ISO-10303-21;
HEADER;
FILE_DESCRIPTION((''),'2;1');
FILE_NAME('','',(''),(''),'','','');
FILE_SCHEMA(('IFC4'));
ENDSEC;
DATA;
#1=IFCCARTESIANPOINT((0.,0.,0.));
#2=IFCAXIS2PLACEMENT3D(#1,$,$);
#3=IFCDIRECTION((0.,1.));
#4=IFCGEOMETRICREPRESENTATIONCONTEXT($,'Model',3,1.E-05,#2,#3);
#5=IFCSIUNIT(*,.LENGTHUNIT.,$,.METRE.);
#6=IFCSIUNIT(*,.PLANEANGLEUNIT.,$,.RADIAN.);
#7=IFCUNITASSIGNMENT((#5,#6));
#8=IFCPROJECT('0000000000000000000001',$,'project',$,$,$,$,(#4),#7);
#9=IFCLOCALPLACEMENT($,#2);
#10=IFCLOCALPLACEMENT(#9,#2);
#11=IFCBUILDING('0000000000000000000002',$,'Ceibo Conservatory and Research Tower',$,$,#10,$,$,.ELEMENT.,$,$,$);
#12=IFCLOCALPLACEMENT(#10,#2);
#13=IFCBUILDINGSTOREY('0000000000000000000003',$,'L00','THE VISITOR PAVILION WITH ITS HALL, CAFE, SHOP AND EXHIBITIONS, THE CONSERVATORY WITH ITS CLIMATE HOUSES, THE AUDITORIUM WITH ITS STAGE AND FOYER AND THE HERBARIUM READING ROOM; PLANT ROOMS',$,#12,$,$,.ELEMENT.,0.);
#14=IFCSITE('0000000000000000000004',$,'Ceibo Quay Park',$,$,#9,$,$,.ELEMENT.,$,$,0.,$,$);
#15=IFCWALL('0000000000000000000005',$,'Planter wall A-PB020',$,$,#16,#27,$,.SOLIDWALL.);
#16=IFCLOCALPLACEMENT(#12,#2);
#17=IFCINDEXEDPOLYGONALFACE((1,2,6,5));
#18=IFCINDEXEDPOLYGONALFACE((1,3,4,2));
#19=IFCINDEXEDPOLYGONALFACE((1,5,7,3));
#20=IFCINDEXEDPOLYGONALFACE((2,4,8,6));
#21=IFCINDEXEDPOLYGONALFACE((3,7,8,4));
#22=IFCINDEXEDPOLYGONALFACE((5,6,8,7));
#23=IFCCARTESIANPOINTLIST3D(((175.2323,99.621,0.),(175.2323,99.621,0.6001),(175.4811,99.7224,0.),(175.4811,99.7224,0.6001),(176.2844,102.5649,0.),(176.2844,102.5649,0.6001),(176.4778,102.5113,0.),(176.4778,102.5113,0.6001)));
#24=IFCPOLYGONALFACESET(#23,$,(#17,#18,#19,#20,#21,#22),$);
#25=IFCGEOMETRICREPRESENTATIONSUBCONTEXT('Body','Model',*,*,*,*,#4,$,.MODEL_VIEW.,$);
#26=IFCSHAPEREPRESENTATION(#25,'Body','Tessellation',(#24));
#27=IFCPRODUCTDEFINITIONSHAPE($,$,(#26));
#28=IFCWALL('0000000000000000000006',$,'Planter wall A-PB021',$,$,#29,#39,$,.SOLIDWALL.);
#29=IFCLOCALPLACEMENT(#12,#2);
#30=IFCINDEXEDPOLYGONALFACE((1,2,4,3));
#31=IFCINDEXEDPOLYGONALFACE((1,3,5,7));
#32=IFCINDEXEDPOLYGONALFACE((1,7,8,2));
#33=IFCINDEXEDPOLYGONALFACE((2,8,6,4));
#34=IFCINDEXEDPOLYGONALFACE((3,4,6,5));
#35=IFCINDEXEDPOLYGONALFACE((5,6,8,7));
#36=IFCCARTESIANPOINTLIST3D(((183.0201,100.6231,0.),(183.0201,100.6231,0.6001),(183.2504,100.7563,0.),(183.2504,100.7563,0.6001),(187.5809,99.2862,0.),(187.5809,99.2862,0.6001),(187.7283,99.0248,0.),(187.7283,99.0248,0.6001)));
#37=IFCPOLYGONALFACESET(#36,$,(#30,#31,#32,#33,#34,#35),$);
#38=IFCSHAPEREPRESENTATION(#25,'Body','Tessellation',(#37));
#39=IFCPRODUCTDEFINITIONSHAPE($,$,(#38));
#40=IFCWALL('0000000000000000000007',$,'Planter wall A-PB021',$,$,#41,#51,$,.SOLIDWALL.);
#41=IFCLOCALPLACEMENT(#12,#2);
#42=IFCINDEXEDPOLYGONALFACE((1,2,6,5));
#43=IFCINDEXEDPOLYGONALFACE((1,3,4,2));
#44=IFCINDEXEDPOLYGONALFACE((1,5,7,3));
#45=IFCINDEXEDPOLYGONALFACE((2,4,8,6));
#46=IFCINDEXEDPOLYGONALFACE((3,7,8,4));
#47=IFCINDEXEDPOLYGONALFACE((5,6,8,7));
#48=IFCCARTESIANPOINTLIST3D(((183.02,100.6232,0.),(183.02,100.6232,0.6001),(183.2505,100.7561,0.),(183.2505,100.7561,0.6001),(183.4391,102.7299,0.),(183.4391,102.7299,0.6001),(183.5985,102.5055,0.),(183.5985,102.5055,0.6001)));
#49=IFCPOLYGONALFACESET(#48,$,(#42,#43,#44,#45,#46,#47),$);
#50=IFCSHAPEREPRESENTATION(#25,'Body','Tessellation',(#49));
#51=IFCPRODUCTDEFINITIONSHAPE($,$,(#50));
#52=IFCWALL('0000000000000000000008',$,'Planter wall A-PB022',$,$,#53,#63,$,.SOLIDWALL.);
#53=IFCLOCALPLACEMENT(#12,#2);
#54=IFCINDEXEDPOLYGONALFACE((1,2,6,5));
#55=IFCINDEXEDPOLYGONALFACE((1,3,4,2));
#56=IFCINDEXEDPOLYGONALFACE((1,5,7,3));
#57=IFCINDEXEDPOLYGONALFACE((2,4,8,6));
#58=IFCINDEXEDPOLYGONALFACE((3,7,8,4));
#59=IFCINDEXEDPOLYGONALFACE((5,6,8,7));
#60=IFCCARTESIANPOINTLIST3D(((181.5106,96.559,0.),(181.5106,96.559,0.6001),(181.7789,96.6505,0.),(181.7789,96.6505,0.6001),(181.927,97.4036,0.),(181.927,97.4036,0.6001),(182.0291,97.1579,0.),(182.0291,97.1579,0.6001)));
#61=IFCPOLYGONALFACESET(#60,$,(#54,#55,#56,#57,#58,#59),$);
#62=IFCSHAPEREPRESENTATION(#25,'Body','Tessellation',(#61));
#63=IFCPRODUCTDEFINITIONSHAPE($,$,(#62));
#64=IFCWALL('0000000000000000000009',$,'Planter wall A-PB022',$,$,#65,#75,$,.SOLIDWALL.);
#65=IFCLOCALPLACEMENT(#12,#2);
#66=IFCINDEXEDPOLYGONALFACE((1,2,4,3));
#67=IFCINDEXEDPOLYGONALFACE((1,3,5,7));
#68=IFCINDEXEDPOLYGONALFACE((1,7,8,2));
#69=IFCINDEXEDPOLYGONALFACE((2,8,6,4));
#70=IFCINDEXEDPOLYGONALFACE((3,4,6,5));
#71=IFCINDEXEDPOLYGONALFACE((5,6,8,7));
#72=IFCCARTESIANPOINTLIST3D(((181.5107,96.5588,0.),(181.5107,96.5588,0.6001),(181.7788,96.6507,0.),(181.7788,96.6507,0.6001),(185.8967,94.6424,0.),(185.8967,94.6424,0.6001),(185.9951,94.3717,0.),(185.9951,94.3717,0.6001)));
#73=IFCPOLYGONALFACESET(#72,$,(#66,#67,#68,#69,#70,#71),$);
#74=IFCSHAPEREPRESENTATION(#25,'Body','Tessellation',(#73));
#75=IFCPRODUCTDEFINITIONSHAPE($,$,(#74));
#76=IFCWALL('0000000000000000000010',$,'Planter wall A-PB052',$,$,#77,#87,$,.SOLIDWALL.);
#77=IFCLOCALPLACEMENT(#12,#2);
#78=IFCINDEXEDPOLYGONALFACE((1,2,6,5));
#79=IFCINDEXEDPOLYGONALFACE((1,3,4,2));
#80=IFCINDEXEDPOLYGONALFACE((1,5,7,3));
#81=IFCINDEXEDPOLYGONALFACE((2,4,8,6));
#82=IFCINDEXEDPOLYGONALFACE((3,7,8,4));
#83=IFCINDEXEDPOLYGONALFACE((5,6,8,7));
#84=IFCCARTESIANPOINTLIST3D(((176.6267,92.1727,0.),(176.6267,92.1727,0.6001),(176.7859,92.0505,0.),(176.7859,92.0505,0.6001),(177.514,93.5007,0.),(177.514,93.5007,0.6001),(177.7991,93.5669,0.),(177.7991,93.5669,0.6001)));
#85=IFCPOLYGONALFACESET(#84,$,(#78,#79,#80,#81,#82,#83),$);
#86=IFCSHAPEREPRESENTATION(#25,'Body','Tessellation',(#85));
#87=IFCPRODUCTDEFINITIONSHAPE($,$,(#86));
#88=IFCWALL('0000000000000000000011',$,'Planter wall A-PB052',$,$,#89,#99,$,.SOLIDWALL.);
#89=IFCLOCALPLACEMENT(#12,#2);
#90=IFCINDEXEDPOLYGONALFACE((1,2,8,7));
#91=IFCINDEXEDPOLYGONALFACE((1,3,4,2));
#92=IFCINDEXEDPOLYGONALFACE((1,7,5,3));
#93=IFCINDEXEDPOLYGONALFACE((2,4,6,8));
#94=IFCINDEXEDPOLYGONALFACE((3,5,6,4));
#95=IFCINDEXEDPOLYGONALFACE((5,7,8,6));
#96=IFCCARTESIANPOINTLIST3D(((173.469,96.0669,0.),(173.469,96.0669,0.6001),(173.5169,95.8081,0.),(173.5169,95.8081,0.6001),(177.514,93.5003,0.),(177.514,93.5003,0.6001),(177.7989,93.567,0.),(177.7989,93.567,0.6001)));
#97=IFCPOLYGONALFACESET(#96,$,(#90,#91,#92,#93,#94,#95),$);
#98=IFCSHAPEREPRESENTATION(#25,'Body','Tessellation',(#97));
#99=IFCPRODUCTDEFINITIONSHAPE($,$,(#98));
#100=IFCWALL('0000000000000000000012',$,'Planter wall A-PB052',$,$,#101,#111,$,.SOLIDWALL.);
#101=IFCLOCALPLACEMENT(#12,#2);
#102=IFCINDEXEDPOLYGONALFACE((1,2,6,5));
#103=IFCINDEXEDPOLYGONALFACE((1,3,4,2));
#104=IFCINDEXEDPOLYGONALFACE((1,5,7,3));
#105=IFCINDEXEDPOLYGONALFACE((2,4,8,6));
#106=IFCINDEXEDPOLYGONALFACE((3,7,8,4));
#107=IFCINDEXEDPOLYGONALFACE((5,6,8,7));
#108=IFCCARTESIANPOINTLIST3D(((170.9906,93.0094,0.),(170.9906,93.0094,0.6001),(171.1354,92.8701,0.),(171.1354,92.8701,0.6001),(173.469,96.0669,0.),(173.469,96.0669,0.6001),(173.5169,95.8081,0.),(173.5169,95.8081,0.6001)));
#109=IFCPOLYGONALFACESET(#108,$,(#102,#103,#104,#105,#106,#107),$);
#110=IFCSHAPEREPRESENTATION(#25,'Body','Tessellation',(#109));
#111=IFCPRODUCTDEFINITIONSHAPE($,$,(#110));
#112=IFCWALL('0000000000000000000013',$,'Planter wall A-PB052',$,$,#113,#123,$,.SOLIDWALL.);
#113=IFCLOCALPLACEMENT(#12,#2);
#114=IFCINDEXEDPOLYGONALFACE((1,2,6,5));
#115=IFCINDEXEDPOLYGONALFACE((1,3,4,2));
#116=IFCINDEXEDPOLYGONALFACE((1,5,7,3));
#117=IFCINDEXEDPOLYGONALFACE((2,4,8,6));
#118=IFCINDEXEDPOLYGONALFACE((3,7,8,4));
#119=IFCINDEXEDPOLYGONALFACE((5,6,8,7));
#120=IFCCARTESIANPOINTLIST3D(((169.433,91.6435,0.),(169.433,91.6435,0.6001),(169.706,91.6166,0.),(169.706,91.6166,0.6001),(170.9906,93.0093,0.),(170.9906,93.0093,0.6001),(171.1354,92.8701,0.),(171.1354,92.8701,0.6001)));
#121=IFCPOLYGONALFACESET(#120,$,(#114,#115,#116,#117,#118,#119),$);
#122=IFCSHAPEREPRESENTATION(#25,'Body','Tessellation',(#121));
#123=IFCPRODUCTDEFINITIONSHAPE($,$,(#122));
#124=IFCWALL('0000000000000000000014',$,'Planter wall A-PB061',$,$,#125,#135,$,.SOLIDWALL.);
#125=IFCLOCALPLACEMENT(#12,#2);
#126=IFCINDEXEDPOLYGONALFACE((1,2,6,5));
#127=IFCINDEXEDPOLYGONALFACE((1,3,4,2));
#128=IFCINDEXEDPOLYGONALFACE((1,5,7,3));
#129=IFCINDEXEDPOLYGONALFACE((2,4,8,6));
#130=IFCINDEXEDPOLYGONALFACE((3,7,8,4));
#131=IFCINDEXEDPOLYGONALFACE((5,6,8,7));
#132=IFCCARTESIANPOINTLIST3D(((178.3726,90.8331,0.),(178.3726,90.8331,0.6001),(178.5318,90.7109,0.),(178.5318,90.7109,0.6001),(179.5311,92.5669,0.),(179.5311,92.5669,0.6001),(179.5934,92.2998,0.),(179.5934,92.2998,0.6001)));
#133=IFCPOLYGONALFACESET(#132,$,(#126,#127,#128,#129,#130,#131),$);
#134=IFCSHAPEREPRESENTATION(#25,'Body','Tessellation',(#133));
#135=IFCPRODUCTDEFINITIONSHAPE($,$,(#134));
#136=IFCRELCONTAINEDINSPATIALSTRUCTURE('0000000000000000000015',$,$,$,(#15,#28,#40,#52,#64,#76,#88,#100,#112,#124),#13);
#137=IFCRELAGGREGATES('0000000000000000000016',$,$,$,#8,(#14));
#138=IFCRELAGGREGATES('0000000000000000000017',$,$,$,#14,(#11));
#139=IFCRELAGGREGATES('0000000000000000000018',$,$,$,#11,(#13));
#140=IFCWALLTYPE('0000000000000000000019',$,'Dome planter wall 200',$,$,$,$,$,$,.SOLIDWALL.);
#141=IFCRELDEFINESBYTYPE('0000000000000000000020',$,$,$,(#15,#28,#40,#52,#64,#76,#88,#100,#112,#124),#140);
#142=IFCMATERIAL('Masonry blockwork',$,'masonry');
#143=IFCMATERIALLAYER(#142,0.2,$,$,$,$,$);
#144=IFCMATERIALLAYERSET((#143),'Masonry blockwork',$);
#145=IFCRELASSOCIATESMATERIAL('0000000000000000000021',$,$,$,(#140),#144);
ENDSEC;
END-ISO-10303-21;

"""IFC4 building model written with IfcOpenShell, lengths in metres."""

from ifc_helpers import new_model, si_unit, direction, frame, origin, place, context, subcontext, project, spatial, polyline, outline, extrude, material, layer, layer_set, type_object, element, save


model = new_model("IFC4")

# Units and contexts
model_context = context("Model", 3, precision=1e-05, world=origin(), true_north=direction((0.0, 1.0)))
body_context = subcontext(model_context, "Body", "Model", "MODEL_VIEW")
ifc_project = project(units=[si_unit("LENGTHUNIT", "METRE"), si_unit("PLANEANGLEUNIT", "RADIAN")], contexts=[model_context])

# Site, building, storey
site_placement = place(None, origin())
site = spatial("IfcSite", under=ifc_project, at=site_placement, Name="Ceibo Quay Park", CompositionType="ELEMENT", RefElevation=0.0)
building_placement = place(site_placement, origin())
building = spatial("IfcBuilding", under=site, at=building_placement, Name="Ceibo Conservatory and Research Tower", CompositionType="ELEMENT")
storey_placement = place(building_placement, origin())
storey = spatial("IfcBuildingStorey", under=building, at=storey_placement, Name="L00", Description="THE VISITOR PAVILION WITH ITS HALL, CAFE, SHOP AND EXHIBITIONS, THE CONSERVATORY WITH ITS CLIMATE HOUSES, THE AUDITORIUM WITH ITS STAGE AND FOYER AND THE HERBARIUM READING ROOM; PLANT ROOMS", CompositionType="ELEMENT", Elevation=0.0)

# Walls
ifc_material_1 = material(Name="Masonry blockwork", Category="masonry")
ifc_layer_1 = layer(ifc_material_1, 0.2)
ifc_layer_set_1 = layer_set([ifc_layer_1], Name="Masonry blockwork")
wall_type_1 = type_object("IfcWallType", Name="Dome planter wall 200", PredefinedType="SOLIDWALL", material=ifc_layer_set_1)
wall_1_placement = place(storey_placement, frame((176.3811, 102.5381, 0.0), z_axis=(0.0, 0.0, 1.0), x_axis=(-0.336535, -0.941671, 0.0)))
element("IfcWall", 1, at=wall_1_placement, inside=storey, type_object=wall_type_1, Name="Planter wall A-PB020", PredefinedType="SOLIDWALL", context=body_context, shape_type="SweptSolid", body=[
    extrude(outline(polyline([(0.0073, -0.1001), (3.1335, -0.1001), (2.9543, 0.1001), (-0.0073, 0.1001), (0.0073, -0.1001)])), origin(), (0.0, 0.0, 1.0), 0.6001),
])
wall_2_placement = place(storey_placement, frame((183.1353, 100.6897, 0.0), z_axis=(0.0, 0.0, 1.0), x_axis=(0.946924, -0.321456, 0.0)))
element("IfcWall", 2, at=wall_2_placement, inside=storey, type_object=wall_type_1, Name="Planter wall A-PB021", PredefinedType="SOLIDWALL", context=body_context, shape_type="SweptSolid", body=[
    extrude(outline(polyline([(-0.0876, -0.1001), (4.8845, -0.1001), (4.6609, 0.1001), (0.0876, 0.1001), (-0.0876, -0.1001)])), origin(), (0.0, 0.0, 1.0), 0.6001),
])
wall_3_placement = place(storey_placement, frame((183.5188, 102.6177, 0.0), z_axis=(0.0, 0.0, 1.0), x_axis=(-0.195113, -0.980781, 0.0)))
element("IfcWall", 3, at=wall_3_placement, inside=storey, type_object=wall_type_1, Name="Planter wall A-PB021", PredefinedType="SOLIDWALL", context=body_context, shape_type="SweptSolid", body=[
    extrude(outline(polyline([(-0.0945, -0.1001), (2.0535, -0.1001), (1.8782, 0.1001), (0.0945, 0.1001), (-0.0945, -0.1001)])), origin(), (0.0, 0.0, 1.0), 0.6001),
])
wall_4_placement = place(storey_placement, frame((181.978, 97.2808, 0.0), z_axis=(0.0, 0.0, 1.0), x_axis=(-0.442153, -0.89694, 0.0)))
element("IfcWall", 4, at=wall_4_placement, inside=storey, type_object=wall_type_1, Name="Planter wall A-PB022", PredefinedType="SOLIDWALL", context=body_context, shape_type="SweptSolid", body=[
    extrude(outline(polyline([(-0.0876, -0.1001), (0.854, -0.1001), (0.6533, 0.1001), (0.0876, 0.1001), (-0.0876, -0.1001)])), origin(), (0.0, 0.0, 1.0), 0.6001),
])
wall_5_placement = place(storey_placement, frame((181.6448, 96.6047, 0.0), z_axis=(0.0, 0.0, 1.0), x_axis=(0.898802, -0.438355, 0.0)))
element("IfcWall", 5, at=wall_5_placement, inside=storey, type_object=wall_type_1, Name="Planter wall A-PB022", PredefinedType="SOLIDWALL", context=body_context, shape_type="SweptSolid", body=[
    extrude(outline(polyline([(-0.1003, -0.1001), (4.8889, -0.1001), (4.6819, 0.1001), (0.1003, 0.1001), (-0.1003, -0.1001)])), origin(), (0.0, 0.0, 1.0), 0.6001),
])
wall_6_placement = place(storey_placement, frame((176.7063, 92.1116, 0.0), z_axis=(0.0, 0.0, 1.0), x_axis=(0.555556, 0.831479, 0.0)))
element("IfcWall", 6, at=wall_6_placement, inside=storey, type_object=wall_type_1, Name="Planter wall A-PB052", PredefinedType="SOLIDWALL", context=body_context, shape_type="SweptSolid", body=[
    extrude(outline(polyline([(-0.0066, -0.1001), (1.8171, -0.1001), (1.6038, 0.1001), (0.0066, 0.1001), (-0.0066, -0.1001)])), origin(), (0.0, 0.0, 1.0), 0.6001),
])
wall_7_placement = place(storey_placement, frame((177.6565, 93.5337, 0.0), z_axis=(0.0, 0.0, 1.0), x_axis=(-0.866028, 0.499995, 0.0)))
element("IfcWall", 7, at=wall_7_placement, inside=storey, type_object=wall_type_1, Name="Planter wall A-PB052", PredefinedType="SOLIDWALL", context=body_context, shape_type="SweptSolid", body=[
    extrude(outline(polyline([(-0.1067, -0.1001), (4.8931, -0.1001), (4.7222, 0.1001), (0.1067, 0.1001), (-0.1067, -0.1001)])), origin(), (0.0, 0.0, 1.0), 0.6001),
])
wall_8_placement = place(storey_placement, frame((173.4929, 95.9375, 0.0), z_axis=(0.0, 0.0, 1.0), x_axis=(-0.62969, -0.776847, 0.0)))
element("IfcWall", 8, at=wall_8_placement, inside=storey, type_object=wall_type_1, Name="Planter wall A-PB052", PredefinedType="SOLIDWALL", context=body_context, shape_type="SweptSolid", body=[
    extrude(outline(polyline([(-0.0854, -0.1001), (3.8503, -0.1001), (3.8674, 0.1001), (0.0854, 0.1001), (-0.0854, -0.1001)])), origin(), (0.0, 0.0, 1.0), 0.6001),
])
wall_9_placement = place(storey_placement, frame((171.063, 92.9397, 0.0), z_axis=(0.0, 0.0, 1.0), x_axis=(-0.751868, -0.659314, 0.0)))
element("IfcWall", 9, at=wall_9_placement, inside=storey, type_object=wall_type_1, Name="Planter wall A-PB052", PredefinedType="SOLIDWALL", context=body_context, shape_type="SweptSolid", body=[
    extrude(outline(polyline([(0.0085, -0.1001), (2.0801, -0.1001), (1.8926, 0.1001), (-0.0085, 0.1001), (0.0085, -0.1001)])), origin(), (0.0, 0.0, 1.0), 0.6001),
])
wall_10_placement = place(storey_placement, frame((179.5623, 92.4333, 0.0), z_axis=(0.0, 0.0, 1.0), x_axis=(-0.555574, -0.831467, 0.0)))
element("IfcWall", 10, at=wall_10_placement, inside=storey, type_object=wall_type_1, Name="Planter wall A-PB061", PredefinedType="SOLIDWALL", context=body_context, shape_type="SweptSolid", body=[
    extrude(outline(polyline([(-0.0938, -0.1001), (1.9915, -0.1001), (2.0046, 0.1001), (0.0938, 0.1001), (-0.0938, -0.1001)])), origin(), (0.0, 0.0, 1.0), 0.6001),
])

save(model, "model.ifc")
